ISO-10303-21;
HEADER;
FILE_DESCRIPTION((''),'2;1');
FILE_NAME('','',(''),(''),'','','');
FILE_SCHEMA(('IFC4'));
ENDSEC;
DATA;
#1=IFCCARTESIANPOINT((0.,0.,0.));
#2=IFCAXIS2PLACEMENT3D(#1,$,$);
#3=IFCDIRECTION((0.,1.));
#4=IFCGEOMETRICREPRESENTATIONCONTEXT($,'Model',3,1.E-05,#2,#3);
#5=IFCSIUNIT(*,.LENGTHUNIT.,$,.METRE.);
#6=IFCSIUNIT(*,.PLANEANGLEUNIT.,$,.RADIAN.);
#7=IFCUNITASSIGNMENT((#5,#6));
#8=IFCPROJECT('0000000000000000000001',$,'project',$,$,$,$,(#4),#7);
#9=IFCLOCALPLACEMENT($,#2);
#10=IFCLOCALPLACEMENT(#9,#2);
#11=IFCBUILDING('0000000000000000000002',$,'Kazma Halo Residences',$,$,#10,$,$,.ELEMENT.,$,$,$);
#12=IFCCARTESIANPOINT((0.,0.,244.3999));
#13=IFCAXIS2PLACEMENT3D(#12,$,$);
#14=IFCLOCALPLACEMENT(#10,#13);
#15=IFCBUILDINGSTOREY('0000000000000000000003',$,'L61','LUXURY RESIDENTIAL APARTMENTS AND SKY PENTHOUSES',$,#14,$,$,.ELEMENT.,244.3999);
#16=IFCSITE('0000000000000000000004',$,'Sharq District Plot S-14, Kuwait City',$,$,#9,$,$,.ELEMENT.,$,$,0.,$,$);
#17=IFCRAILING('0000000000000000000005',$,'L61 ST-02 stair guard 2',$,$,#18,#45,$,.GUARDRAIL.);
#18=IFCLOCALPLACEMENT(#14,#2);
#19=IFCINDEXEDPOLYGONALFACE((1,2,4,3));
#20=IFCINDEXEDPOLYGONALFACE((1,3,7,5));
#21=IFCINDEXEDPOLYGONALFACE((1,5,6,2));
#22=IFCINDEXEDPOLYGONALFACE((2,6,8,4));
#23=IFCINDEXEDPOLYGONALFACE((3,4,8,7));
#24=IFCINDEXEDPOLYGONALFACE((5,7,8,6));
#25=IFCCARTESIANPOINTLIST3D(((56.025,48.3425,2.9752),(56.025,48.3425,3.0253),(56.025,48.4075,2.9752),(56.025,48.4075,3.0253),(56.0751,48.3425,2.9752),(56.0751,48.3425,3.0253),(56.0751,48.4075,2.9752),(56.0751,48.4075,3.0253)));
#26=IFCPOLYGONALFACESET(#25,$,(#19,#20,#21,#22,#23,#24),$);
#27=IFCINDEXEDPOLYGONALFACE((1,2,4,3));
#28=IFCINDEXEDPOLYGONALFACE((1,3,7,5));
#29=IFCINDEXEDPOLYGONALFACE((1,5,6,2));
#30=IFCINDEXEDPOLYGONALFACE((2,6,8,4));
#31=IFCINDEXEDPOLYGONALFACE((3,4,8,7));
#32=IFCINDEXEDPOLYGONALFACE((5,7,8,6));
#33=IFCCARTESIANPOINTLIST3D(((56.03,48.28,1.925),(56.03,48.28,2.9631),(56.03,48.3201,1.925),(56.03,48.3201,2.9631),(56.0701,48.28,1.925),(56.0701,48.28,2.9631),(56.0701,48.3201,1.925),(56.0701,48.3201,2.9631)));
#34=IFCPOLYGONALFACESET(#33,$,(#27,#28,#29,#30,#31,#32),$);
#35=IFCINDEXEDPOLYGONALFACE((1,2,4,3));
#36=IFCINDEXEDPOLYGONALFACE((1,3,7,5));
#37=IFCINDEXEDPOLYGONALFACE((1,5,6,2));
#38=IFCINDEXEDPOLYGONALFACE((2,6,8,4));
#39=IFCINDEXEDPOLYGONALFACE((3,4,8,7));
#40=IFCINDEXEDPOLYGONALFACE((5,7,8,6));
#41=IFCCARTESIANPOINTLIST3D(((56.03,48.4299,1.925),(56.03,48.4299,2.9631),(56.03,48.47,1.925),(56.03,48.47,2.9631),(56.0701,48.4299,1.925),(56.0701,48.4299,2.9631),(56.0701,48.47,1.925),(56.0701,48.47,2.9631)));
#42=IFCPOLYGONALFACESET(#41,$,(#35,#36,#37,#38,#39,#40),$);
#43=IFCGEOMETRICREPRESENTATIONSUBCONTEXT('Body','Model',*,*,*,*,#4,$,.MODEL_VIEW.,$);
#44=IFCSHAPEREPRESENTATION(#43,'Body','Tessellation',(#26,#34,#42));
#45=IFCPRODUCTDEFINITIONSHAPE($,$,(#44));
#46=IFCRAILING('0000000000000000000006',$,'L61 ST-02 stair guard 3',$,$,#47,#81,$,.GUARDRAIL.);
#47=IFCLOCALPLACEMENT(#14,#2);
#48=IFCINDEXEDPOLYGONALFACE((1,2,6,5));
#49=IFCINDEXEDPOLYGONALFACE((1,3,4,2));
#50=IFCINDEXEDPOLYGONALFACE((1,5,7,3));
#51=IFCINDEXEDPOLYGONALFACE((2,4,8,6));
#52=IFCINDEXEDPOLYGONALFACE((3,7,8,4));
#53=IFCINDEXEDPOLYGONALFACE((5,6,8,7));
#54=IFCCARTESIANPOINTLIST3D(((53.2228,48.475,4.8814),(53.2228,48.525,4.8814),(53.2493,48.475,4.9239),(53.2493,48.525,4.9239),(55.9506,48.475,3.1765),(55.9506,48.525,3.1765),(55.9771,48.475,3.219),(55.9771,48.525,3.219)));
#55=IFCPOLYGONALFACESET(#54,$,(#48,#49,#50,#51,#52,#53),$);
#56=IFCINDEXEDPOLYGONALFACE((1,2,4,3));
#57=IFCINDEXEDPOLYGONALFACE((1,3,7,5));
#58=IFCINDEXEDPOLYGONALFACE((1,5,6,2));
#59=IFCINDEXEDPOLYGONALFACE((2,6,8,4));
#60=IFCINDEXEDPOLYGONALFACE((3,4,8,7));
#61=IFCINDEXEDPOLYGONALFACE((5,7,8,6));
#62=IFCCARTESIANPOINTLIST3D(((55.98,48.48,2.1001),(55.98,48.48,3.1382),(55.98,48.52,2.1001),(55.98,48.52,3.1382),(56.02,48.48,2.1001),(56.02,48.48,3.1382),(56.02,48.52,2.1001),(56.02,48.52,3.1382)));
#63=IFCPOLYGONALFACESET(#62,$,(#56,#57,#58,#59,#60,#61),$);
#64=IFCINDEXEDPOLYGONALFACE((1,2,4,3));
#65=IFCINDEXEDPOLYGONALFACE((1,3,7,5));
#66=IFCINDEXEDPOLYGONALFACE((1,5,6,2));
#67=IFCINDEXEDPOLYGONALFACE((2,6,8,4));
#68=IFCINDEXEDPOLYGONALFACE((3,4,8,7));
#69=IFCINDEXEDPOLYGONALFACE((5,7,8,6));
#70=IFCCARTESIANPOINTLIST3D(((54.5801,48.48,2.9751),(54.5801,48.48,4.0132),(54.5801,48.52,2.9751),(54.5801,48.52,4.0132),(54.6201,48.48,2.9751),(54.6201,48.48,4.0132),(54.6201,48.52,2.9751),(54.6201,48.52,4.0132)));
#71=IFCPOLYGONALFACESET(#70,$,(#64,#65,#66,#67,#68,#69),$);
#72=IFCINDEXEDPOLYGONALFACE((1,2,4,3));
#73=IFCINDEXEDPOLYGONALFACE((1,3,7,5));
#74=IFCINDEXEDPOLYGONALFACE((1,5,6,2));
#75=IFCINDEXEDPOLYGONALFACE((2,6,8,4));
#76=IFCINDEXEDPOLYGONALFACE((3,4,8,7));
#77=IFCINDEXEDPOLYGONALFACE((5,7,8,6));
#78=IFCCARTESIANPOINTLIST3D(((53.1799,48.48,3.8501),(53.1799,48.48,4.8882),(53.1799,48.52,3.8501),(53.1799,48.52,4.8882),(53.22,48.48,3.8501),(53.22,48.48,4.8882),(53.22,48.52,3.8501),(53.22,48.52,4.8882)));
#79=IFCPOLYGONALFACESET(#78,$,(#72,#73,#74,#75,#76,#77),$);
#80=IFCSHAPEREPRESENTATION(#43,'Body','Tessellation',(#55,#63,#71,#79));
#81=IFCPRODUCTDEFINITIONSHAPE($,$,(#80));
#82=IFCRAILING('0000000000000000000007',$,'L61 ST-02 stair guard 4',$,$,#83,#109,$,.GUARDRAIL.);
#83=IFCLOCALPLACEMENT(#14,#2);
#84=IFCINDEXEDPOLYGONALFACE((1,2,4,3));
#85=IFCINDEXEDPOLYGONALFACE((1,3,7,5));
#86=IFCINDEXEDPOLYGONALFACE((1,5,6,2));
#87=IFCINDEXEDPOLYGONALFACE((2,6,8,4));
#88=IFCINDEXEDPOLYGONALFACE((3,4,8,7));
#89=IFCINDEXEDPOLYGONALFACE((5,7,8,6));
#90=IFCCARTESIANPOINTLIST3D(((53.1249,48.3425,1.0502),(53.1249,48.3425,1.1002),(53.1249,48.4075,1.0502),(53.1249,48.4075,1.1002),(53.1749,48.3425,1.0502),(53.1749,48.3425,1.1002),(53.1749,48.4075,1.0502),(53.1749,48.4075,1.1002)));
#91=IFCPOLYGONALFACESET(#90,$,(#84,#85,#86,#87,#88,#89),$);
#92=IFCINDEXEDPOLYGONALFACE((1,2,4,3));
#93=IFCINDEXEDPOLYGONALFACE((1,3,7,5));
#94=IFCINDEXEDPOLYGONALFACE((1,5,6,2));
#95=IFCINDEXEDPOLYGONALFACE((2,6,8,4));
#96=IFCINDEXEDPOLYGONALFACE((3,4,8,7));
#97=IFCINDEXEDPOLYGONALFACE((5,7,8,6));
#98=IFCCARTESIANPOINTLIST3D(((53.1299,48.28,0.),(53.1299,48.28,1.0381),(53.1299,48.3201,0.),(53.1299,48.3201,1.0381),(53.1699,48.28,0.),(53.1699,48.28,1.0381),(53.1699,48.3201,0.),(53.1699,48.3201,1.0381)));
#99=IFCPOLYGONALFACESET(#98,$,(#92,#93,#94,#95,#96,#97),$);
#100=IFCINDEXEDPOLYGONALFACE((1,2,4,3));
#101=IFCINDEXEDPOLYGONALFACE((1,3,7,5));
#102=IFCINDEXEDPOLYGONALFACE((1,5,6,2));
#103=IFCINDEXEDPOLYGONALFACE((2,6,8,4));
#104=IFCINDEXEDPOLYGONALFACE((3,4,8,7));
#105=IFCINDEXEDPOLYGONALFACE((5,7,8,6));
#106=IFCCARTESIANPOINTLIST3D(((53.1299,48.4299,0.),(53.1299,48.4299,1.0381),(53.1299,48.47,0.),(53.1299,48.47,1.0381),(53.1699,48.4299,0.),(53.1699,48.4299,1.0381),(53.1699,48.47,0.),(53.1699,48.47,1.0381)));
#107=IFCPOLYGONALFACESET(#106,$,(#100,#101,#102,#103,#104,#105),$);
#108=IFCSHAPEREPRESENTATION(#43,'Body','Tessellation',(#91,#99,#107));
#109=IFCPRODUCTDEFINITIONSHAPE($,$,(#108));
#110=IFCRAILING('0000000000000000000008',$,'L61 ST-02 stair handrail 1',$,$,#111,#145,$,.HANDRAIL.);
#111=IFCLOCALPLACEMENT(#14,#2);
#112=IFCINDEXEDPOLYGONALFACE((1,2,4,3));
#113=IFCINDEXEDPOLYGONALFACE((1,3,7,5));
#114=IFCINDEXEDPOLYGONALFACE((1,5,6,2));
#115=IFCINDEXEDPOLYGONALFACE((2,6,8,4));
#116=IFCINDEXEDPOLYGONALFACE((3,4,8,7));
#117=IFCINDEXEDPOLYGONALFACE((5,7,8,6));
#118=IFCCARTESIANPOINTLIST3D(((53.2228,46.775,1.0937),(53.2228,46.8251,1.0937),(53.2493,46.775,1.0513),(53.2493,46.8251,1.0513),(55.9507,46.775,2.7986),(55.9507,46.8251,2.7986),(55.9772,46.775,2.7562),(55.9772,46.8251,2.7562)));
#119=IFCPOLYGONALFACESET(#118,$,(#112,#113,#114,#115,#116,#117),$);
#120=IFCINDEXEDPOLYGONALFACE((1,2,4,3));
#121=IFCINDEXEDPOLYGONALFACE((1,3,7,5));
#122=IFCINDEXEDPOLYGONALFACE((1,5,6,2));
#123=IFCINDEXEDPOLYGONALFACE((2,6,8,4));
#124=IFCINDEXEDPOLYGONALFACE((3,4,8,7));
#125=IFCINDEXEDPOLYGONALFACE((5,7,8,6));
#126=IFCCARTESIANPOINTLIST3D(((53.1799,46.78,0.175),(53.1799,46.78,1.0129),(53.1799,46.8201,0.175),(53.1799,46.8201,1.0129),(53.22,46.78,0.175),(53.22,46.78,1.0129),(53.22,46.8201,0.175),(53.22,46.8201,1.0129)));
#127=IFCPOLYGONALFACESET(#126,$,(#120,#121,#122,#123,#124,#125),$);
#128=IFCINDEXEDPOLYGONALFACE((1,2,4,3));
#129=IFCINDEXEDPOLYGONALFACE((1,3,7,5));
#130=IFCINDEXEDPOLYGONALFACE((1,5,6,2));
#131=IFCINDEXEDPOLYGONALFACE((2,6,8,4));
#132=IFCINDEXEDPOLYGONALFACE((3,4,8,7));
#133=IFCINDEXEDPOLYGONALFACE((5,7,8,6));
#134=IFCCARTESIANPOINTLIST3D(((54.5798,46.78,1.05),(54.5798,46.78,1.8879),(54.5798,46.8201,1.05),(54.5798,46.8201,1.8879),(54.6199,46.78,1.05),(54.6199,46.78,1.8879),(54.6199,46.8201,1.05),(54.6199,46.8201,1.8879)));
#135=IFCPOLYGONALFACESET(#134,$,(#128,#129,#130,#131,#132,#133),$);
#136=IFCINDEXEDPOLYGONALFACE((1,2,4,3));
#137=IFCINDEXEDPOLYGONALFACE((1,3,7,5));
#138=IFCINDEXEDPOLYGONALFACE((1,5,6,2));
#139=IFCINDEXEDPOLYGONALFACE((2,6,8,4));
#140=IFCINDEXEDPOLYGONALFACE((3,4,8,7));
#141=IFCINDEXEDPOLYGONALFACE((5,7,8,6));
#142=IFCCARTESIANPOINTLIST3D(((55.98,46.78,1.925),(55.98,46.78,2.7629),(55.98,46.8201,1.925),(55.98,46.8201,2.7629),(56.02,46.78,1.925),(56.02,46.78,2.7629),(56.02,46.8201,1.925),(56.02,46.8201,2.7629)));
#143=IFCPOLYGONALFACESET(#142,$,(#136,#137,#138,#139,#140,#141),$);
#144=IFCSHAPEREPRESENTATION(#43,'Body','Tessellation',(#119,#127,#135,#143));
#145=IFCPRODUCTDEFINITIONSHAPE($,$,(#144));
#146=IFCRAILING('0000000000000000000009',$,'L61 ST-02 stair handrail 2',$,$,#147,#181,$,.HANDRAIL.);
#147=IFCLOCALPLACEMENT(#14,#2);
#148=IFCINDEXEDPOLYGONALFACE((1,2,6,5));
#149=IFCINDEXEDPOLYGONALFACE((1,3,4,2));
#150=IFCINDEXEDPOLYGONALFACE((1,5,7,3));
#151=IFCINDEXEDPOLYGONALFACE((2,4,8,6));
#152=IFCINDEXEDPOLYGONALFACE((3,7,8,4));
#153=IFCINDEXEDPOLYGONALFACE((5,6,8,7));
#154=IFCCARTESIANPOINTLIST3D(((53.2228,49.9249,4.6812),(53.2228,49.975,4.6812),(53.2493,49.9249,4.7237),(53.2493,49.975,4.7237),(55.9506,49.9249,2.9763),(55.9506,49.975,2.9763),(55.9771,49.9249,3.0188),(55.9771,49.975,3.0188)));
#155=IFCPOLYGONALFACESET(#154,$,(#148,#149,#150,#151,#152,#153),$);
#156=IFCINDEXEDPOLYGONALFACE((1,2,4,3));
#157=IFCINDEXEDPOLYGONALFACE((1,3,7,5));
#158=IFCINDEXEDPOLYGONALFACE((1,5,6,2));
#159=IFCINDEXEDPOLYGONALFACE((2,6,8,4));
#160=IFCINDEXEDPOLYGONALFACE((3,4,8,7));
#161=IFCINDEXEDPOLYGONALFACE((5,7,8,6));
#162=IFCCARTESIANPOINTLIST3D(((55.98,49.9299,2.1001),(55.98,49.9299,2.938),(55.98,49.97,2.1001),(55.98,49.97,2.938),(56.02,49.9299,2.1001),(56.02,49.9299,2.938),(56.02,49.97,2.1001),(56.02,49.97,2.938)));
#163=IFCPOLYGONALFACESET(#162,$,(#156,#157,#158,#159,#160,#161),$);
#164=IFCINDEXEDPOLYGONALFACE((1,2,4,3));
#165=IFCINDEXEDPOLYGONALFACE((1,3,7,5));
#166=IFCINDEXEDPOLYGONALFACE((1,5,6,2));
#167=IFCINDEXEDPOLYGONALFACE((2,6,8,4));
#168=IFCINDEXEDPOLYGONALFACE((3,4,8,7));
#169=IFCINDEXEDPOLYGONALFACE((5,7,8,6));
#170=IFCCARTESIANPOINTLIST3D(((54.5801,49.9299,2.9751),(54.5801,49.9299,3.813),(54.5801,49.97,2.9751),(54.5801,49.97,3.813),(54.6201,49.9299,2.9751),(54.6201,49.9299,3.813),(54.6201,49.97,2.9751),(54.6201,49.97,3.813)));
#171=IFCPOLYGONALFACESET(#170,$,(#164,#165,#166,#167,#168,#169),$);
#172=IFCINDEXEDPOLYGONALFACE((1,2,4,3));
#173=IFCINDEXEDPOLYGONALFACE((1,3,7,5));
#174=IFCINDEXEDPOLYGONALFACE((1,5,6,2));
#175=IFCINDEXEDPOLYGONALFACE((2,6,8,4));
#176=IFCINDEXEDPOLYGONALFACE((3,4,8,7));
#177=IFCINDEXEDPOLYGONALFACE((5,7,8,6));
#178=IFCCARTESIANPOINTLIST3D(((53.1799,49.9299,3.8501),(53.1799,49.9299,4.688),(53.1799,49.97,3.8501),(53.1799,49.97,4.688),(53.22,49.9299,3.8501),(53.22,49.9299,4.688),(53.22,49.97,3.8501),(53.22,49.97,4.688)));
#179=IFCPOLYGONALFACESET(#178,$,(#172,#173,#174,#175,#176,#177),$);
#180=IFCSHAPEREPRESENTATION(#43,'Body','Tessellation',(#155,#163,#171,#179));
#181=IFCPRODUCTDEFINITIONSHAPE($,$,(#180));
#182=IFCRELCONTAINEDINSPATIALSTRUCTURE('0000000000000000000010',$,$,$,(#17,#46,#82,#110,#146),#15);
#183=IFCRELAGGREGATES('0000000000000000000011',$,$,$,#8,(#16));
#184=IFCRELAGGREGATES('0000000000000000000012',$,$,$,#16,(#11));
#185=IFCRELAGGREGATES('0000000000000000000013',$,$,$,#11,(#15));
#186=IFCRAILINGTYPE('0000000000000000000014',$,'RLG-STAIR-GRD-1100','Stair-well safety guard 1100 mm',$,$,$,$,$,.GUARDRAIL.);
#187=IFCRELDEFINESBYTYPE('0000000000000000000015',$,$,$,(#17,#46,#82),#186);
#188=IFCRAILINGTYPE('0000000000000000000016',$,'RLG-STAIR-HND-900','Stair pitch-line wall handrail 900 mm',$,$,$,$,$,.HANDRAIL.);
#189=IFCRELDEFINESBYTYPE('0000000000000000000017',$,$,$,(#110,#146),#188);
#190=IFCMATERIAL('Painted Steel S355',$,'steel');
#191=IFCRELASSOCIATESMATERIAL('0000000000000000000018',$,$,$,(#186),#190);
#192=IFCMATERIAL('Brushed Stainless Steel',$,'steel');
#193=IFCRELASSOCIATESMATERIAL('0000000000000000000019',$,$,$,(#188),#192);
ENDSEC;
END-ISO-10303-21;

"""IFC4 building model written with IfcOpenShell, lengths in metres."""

from ifc_helpers import new_model, si_unit, direction, frame, origin, origin_2d, place, context, subcontext, project, spatial, rectangle, extrude, material, type_object, element, save


model = new_model("IFC4")

# Units and contexts
model_context = context("Model", 3, precision=1e-05, world=origin(), true_north=direction((0.0, 1.0)))
body_context = subcontext(model_context, "Body", "Model", "MODEL_VIEW")
ifc_project = project(units=[si_unit("LENGTHUNIT", "METRE"), si_unit("PLANEANGLEUNIT", "RADIAN")], contexts=[model_context])

# Site, building, storey
site_placement = place(None, origin())
site = spatial("IfcSite", under=ifc_project, at=site_placement, Name="Sharq District Plot S-14, Kuwait City", CompositionType="ELEMENT", RefElevation=0.0)
building_placement = place(site_placement, origin())
building = spatial("IfcBuilding", under=site, at=building_placement, Name="Kazma Halo Residences", CompositionType="ELEMENT")
storey_placement = place(building_placement, frame((0.0, 0.0, 244.3999)))
storey = spatial("IfcBuildingStorey", under=building, at=storey_placement, Name="L61", Description="LUXURY RESIDENTIAL APARTMENTS AND SKY PENTHOUSES", CompositionType="ELEMENT", Elevation=244.3999)

# Railings
ifc_material_1 = material(Name="Painted Steel S355", Category="steel")
railing_type_1 = type_object("IfcRailingType", Name="RLG-STAIR-GRD-1100", Description="Stair-well safety guard 1100 mm", PredefinedType="GUARDRAIL", material=ifc_material_1)
railing_1_placement = place(storey_placement, frame((56.05, 48.3, 1.925)))
element("IfcRailing", 1, at=railing_1_placement, inside=storey, type_object=railing_type_1, Name="L61 ST-02 stair guard 2", PredefinedType="GUARDRAIL", context=body_context, shape_type="SweptSolid", body=[
    extrude(rectangle(XDim=0.05, YDim=0.05, at=origin_2d()), frame((0.0, 0.0425, 1.0752), z_axis=(0.0, 1.0, 0.0), x_axis=(-1.0, 0.0, 0.0)), (0.0, 0.0, 1.0), 0.0649),
    extrude(rectangle(XDim=0.04, YDim=0.04, at=origin_2d()), origin(), (0.0, 0.0, 1.0), 1.0381),
    extrude(rectangle(XDim=0.04, YDim=0.04, at=origin_2d()), frame((0.0, 0.1499, 0.0)), (0.0, 0.0, 1.0), 1.0381),
])
railing_2_placement = place(storey_placement, frame((56.0, 48.5, 2.1001)))
element("IfcRailing", 2, at=railing_2_placement, inside=storey, type_object=railing_type_1, Name="L61 ST-02 stair guard 3", PredefinedType="GUARDRAIL", context=body_context, shape_type="SweptSolid", body=[
    extrude(rectangle(XDim=0.05, YDim=0.05, at=origin_2d()), frame((-0.0361, 0.0, 1.0977), z_axis=(-0.848002, 0.0, 0.529992), x_axis=(0.0, -1.0, 0.0)), (0.0, 0.0, 1.0), 3.2168),
    extrude(rectangle(XDim=0.04, YDim=0.04, at=origin_2d()), origin(), (0.0, 0.0, 1.0), 1.0381),
    extrude(rectangle(XDim=0.04, YDim=0.04, at=origin_2d()), frame((-1.3999, 0.0, 0.875)), (0.0, 0.0, 1.0), 1.0381),
    extrude(rectangle(XDim=0.04, YDim=0.04, at=origin_2d()), frame((-2.8, 0.0, 1.75)), (0.0, 0.0, 1.0), 1.0381),
])
railing_3_placement = place(storey_placement, frame((53.1499, 48.3, 0.0)))
element("IfcRailing", 3, at=railing_3_placement, inside=storey, type_object=railing_type_1, Name="L61 ST-02 stair guard 4", PredefinedType="GUARDRAIL", context=body_context, shape_type="SweptSolid", body=[
    extrude(rectangle(XDim=0.05, YDim=0.05, at=origin_2d()), frame((0.0, 0.0425, 1.0752), z_axis=(0.0, 1.0, 0.0), x_axis=(-1.0, 0.0, 0.0)), (0.0, 0.0, 1.0), 0.0649),
    extrude(rectangle(XDim=0.04, YDim=0.04, at=origin_2d()), origin(), (0.0, 0.0, 1.0), 1.0381),
    extrude(rectangle(XDim=0.04, YDim=0.04, at=origin_2d()), frame((0.0, 0.1499, 0.0)), (0.0, 0.0, 1.0), 1.0381),
])
ifc_material_2 = material(Name="Brushed Stainless Steel", Category="steel")
railing_type_2 = type_object("IfcRailingType", Name="RLG-STAIR-HND-900", Description="Stair pitch-line wall handrail 900 mm", PredefinedType="HANDRAIL", material=ifc_material_2)
railing_4_placement = place(storey_placement, frame((53.2, 46.8, 0.175)))
element("IfcRailing", 4, at=railing_4_placement, inside=storey, type_object=railing_type_2, Name="L61 ST-02 stair handrail 1", PredefinedType="HANDRAIL", context=body_context, shape_type="SweptSolid", body=[
    extrude(rectangle(XDim=0.05, YDim=0.05, at=origin_2d()), frame((0.0361, 0.0, 0.8975), z_axis=(0.848002, 0.0, 0.529992), x_axis=(0.0, 1.0, 0.0)), (0.0, 0.0, 1.0), 3.2168),
    extrude(rectangle(XDim=0.04, YDim=0.04, at=origin_2d()), origin(), (0.0, 0.0, 1.0), 0.8379),
    extrude(rectangle(XDim=0.04, YDim=0.04, at=origin_2d()), frame((1.3999, 0.0, 0.875)), (0.0, 0.0, 1.0), 0.8379),
    extrude(rectangle(XDim=0.04, YDim=0.04, at=origin_2d()), frame((2.8, 0.0, 1.75)), (0.0, 0.0, 1.0), 0.8379),
])
railing_5_placement = place(storey_placement, frame((56.0, 49.95, 2.1001)))
element("IfcRailing", 5, at=railing_5_placement, inside=storey, type_object=railing_type_2, Name="L61 ST-02 stair handrail 2", PredefinedType="HANDRAIL", context=body_context, shape_type="SweptSolid", body=[
    extrude(rectangle(XDim=0.05, YDim=0.05, at=origin_2d()), frame((-0.0361, 0.0, 0.8975), z_axis=(-0.848002, 0.0, 0.529992), x_axis=(0.0, -1.0, 0.0)), (0.0, 0.0, 1.0), 3.2168),
    extrude(rectangle(XDim=0.04, YDim=0.04, at=origin_2d()), origin(), (0.0, 0.0, 1.0), 0.8379),
    extrude(rectangle(XDim=0.04, YDim=0.04, at=origin_2d()), frame((-1.3999, 0.0, 0.875)), (0.0, 0.0, 1.0), 0.8379),
    extrude(rectangle(XDim=0.04, YDim=0.04, at=origin_2d()), frame((-2.8, 0.0, 1.75)), (0.0, 0.0, 1.0), 0.8379),
])

save(model, "model.ifc")
